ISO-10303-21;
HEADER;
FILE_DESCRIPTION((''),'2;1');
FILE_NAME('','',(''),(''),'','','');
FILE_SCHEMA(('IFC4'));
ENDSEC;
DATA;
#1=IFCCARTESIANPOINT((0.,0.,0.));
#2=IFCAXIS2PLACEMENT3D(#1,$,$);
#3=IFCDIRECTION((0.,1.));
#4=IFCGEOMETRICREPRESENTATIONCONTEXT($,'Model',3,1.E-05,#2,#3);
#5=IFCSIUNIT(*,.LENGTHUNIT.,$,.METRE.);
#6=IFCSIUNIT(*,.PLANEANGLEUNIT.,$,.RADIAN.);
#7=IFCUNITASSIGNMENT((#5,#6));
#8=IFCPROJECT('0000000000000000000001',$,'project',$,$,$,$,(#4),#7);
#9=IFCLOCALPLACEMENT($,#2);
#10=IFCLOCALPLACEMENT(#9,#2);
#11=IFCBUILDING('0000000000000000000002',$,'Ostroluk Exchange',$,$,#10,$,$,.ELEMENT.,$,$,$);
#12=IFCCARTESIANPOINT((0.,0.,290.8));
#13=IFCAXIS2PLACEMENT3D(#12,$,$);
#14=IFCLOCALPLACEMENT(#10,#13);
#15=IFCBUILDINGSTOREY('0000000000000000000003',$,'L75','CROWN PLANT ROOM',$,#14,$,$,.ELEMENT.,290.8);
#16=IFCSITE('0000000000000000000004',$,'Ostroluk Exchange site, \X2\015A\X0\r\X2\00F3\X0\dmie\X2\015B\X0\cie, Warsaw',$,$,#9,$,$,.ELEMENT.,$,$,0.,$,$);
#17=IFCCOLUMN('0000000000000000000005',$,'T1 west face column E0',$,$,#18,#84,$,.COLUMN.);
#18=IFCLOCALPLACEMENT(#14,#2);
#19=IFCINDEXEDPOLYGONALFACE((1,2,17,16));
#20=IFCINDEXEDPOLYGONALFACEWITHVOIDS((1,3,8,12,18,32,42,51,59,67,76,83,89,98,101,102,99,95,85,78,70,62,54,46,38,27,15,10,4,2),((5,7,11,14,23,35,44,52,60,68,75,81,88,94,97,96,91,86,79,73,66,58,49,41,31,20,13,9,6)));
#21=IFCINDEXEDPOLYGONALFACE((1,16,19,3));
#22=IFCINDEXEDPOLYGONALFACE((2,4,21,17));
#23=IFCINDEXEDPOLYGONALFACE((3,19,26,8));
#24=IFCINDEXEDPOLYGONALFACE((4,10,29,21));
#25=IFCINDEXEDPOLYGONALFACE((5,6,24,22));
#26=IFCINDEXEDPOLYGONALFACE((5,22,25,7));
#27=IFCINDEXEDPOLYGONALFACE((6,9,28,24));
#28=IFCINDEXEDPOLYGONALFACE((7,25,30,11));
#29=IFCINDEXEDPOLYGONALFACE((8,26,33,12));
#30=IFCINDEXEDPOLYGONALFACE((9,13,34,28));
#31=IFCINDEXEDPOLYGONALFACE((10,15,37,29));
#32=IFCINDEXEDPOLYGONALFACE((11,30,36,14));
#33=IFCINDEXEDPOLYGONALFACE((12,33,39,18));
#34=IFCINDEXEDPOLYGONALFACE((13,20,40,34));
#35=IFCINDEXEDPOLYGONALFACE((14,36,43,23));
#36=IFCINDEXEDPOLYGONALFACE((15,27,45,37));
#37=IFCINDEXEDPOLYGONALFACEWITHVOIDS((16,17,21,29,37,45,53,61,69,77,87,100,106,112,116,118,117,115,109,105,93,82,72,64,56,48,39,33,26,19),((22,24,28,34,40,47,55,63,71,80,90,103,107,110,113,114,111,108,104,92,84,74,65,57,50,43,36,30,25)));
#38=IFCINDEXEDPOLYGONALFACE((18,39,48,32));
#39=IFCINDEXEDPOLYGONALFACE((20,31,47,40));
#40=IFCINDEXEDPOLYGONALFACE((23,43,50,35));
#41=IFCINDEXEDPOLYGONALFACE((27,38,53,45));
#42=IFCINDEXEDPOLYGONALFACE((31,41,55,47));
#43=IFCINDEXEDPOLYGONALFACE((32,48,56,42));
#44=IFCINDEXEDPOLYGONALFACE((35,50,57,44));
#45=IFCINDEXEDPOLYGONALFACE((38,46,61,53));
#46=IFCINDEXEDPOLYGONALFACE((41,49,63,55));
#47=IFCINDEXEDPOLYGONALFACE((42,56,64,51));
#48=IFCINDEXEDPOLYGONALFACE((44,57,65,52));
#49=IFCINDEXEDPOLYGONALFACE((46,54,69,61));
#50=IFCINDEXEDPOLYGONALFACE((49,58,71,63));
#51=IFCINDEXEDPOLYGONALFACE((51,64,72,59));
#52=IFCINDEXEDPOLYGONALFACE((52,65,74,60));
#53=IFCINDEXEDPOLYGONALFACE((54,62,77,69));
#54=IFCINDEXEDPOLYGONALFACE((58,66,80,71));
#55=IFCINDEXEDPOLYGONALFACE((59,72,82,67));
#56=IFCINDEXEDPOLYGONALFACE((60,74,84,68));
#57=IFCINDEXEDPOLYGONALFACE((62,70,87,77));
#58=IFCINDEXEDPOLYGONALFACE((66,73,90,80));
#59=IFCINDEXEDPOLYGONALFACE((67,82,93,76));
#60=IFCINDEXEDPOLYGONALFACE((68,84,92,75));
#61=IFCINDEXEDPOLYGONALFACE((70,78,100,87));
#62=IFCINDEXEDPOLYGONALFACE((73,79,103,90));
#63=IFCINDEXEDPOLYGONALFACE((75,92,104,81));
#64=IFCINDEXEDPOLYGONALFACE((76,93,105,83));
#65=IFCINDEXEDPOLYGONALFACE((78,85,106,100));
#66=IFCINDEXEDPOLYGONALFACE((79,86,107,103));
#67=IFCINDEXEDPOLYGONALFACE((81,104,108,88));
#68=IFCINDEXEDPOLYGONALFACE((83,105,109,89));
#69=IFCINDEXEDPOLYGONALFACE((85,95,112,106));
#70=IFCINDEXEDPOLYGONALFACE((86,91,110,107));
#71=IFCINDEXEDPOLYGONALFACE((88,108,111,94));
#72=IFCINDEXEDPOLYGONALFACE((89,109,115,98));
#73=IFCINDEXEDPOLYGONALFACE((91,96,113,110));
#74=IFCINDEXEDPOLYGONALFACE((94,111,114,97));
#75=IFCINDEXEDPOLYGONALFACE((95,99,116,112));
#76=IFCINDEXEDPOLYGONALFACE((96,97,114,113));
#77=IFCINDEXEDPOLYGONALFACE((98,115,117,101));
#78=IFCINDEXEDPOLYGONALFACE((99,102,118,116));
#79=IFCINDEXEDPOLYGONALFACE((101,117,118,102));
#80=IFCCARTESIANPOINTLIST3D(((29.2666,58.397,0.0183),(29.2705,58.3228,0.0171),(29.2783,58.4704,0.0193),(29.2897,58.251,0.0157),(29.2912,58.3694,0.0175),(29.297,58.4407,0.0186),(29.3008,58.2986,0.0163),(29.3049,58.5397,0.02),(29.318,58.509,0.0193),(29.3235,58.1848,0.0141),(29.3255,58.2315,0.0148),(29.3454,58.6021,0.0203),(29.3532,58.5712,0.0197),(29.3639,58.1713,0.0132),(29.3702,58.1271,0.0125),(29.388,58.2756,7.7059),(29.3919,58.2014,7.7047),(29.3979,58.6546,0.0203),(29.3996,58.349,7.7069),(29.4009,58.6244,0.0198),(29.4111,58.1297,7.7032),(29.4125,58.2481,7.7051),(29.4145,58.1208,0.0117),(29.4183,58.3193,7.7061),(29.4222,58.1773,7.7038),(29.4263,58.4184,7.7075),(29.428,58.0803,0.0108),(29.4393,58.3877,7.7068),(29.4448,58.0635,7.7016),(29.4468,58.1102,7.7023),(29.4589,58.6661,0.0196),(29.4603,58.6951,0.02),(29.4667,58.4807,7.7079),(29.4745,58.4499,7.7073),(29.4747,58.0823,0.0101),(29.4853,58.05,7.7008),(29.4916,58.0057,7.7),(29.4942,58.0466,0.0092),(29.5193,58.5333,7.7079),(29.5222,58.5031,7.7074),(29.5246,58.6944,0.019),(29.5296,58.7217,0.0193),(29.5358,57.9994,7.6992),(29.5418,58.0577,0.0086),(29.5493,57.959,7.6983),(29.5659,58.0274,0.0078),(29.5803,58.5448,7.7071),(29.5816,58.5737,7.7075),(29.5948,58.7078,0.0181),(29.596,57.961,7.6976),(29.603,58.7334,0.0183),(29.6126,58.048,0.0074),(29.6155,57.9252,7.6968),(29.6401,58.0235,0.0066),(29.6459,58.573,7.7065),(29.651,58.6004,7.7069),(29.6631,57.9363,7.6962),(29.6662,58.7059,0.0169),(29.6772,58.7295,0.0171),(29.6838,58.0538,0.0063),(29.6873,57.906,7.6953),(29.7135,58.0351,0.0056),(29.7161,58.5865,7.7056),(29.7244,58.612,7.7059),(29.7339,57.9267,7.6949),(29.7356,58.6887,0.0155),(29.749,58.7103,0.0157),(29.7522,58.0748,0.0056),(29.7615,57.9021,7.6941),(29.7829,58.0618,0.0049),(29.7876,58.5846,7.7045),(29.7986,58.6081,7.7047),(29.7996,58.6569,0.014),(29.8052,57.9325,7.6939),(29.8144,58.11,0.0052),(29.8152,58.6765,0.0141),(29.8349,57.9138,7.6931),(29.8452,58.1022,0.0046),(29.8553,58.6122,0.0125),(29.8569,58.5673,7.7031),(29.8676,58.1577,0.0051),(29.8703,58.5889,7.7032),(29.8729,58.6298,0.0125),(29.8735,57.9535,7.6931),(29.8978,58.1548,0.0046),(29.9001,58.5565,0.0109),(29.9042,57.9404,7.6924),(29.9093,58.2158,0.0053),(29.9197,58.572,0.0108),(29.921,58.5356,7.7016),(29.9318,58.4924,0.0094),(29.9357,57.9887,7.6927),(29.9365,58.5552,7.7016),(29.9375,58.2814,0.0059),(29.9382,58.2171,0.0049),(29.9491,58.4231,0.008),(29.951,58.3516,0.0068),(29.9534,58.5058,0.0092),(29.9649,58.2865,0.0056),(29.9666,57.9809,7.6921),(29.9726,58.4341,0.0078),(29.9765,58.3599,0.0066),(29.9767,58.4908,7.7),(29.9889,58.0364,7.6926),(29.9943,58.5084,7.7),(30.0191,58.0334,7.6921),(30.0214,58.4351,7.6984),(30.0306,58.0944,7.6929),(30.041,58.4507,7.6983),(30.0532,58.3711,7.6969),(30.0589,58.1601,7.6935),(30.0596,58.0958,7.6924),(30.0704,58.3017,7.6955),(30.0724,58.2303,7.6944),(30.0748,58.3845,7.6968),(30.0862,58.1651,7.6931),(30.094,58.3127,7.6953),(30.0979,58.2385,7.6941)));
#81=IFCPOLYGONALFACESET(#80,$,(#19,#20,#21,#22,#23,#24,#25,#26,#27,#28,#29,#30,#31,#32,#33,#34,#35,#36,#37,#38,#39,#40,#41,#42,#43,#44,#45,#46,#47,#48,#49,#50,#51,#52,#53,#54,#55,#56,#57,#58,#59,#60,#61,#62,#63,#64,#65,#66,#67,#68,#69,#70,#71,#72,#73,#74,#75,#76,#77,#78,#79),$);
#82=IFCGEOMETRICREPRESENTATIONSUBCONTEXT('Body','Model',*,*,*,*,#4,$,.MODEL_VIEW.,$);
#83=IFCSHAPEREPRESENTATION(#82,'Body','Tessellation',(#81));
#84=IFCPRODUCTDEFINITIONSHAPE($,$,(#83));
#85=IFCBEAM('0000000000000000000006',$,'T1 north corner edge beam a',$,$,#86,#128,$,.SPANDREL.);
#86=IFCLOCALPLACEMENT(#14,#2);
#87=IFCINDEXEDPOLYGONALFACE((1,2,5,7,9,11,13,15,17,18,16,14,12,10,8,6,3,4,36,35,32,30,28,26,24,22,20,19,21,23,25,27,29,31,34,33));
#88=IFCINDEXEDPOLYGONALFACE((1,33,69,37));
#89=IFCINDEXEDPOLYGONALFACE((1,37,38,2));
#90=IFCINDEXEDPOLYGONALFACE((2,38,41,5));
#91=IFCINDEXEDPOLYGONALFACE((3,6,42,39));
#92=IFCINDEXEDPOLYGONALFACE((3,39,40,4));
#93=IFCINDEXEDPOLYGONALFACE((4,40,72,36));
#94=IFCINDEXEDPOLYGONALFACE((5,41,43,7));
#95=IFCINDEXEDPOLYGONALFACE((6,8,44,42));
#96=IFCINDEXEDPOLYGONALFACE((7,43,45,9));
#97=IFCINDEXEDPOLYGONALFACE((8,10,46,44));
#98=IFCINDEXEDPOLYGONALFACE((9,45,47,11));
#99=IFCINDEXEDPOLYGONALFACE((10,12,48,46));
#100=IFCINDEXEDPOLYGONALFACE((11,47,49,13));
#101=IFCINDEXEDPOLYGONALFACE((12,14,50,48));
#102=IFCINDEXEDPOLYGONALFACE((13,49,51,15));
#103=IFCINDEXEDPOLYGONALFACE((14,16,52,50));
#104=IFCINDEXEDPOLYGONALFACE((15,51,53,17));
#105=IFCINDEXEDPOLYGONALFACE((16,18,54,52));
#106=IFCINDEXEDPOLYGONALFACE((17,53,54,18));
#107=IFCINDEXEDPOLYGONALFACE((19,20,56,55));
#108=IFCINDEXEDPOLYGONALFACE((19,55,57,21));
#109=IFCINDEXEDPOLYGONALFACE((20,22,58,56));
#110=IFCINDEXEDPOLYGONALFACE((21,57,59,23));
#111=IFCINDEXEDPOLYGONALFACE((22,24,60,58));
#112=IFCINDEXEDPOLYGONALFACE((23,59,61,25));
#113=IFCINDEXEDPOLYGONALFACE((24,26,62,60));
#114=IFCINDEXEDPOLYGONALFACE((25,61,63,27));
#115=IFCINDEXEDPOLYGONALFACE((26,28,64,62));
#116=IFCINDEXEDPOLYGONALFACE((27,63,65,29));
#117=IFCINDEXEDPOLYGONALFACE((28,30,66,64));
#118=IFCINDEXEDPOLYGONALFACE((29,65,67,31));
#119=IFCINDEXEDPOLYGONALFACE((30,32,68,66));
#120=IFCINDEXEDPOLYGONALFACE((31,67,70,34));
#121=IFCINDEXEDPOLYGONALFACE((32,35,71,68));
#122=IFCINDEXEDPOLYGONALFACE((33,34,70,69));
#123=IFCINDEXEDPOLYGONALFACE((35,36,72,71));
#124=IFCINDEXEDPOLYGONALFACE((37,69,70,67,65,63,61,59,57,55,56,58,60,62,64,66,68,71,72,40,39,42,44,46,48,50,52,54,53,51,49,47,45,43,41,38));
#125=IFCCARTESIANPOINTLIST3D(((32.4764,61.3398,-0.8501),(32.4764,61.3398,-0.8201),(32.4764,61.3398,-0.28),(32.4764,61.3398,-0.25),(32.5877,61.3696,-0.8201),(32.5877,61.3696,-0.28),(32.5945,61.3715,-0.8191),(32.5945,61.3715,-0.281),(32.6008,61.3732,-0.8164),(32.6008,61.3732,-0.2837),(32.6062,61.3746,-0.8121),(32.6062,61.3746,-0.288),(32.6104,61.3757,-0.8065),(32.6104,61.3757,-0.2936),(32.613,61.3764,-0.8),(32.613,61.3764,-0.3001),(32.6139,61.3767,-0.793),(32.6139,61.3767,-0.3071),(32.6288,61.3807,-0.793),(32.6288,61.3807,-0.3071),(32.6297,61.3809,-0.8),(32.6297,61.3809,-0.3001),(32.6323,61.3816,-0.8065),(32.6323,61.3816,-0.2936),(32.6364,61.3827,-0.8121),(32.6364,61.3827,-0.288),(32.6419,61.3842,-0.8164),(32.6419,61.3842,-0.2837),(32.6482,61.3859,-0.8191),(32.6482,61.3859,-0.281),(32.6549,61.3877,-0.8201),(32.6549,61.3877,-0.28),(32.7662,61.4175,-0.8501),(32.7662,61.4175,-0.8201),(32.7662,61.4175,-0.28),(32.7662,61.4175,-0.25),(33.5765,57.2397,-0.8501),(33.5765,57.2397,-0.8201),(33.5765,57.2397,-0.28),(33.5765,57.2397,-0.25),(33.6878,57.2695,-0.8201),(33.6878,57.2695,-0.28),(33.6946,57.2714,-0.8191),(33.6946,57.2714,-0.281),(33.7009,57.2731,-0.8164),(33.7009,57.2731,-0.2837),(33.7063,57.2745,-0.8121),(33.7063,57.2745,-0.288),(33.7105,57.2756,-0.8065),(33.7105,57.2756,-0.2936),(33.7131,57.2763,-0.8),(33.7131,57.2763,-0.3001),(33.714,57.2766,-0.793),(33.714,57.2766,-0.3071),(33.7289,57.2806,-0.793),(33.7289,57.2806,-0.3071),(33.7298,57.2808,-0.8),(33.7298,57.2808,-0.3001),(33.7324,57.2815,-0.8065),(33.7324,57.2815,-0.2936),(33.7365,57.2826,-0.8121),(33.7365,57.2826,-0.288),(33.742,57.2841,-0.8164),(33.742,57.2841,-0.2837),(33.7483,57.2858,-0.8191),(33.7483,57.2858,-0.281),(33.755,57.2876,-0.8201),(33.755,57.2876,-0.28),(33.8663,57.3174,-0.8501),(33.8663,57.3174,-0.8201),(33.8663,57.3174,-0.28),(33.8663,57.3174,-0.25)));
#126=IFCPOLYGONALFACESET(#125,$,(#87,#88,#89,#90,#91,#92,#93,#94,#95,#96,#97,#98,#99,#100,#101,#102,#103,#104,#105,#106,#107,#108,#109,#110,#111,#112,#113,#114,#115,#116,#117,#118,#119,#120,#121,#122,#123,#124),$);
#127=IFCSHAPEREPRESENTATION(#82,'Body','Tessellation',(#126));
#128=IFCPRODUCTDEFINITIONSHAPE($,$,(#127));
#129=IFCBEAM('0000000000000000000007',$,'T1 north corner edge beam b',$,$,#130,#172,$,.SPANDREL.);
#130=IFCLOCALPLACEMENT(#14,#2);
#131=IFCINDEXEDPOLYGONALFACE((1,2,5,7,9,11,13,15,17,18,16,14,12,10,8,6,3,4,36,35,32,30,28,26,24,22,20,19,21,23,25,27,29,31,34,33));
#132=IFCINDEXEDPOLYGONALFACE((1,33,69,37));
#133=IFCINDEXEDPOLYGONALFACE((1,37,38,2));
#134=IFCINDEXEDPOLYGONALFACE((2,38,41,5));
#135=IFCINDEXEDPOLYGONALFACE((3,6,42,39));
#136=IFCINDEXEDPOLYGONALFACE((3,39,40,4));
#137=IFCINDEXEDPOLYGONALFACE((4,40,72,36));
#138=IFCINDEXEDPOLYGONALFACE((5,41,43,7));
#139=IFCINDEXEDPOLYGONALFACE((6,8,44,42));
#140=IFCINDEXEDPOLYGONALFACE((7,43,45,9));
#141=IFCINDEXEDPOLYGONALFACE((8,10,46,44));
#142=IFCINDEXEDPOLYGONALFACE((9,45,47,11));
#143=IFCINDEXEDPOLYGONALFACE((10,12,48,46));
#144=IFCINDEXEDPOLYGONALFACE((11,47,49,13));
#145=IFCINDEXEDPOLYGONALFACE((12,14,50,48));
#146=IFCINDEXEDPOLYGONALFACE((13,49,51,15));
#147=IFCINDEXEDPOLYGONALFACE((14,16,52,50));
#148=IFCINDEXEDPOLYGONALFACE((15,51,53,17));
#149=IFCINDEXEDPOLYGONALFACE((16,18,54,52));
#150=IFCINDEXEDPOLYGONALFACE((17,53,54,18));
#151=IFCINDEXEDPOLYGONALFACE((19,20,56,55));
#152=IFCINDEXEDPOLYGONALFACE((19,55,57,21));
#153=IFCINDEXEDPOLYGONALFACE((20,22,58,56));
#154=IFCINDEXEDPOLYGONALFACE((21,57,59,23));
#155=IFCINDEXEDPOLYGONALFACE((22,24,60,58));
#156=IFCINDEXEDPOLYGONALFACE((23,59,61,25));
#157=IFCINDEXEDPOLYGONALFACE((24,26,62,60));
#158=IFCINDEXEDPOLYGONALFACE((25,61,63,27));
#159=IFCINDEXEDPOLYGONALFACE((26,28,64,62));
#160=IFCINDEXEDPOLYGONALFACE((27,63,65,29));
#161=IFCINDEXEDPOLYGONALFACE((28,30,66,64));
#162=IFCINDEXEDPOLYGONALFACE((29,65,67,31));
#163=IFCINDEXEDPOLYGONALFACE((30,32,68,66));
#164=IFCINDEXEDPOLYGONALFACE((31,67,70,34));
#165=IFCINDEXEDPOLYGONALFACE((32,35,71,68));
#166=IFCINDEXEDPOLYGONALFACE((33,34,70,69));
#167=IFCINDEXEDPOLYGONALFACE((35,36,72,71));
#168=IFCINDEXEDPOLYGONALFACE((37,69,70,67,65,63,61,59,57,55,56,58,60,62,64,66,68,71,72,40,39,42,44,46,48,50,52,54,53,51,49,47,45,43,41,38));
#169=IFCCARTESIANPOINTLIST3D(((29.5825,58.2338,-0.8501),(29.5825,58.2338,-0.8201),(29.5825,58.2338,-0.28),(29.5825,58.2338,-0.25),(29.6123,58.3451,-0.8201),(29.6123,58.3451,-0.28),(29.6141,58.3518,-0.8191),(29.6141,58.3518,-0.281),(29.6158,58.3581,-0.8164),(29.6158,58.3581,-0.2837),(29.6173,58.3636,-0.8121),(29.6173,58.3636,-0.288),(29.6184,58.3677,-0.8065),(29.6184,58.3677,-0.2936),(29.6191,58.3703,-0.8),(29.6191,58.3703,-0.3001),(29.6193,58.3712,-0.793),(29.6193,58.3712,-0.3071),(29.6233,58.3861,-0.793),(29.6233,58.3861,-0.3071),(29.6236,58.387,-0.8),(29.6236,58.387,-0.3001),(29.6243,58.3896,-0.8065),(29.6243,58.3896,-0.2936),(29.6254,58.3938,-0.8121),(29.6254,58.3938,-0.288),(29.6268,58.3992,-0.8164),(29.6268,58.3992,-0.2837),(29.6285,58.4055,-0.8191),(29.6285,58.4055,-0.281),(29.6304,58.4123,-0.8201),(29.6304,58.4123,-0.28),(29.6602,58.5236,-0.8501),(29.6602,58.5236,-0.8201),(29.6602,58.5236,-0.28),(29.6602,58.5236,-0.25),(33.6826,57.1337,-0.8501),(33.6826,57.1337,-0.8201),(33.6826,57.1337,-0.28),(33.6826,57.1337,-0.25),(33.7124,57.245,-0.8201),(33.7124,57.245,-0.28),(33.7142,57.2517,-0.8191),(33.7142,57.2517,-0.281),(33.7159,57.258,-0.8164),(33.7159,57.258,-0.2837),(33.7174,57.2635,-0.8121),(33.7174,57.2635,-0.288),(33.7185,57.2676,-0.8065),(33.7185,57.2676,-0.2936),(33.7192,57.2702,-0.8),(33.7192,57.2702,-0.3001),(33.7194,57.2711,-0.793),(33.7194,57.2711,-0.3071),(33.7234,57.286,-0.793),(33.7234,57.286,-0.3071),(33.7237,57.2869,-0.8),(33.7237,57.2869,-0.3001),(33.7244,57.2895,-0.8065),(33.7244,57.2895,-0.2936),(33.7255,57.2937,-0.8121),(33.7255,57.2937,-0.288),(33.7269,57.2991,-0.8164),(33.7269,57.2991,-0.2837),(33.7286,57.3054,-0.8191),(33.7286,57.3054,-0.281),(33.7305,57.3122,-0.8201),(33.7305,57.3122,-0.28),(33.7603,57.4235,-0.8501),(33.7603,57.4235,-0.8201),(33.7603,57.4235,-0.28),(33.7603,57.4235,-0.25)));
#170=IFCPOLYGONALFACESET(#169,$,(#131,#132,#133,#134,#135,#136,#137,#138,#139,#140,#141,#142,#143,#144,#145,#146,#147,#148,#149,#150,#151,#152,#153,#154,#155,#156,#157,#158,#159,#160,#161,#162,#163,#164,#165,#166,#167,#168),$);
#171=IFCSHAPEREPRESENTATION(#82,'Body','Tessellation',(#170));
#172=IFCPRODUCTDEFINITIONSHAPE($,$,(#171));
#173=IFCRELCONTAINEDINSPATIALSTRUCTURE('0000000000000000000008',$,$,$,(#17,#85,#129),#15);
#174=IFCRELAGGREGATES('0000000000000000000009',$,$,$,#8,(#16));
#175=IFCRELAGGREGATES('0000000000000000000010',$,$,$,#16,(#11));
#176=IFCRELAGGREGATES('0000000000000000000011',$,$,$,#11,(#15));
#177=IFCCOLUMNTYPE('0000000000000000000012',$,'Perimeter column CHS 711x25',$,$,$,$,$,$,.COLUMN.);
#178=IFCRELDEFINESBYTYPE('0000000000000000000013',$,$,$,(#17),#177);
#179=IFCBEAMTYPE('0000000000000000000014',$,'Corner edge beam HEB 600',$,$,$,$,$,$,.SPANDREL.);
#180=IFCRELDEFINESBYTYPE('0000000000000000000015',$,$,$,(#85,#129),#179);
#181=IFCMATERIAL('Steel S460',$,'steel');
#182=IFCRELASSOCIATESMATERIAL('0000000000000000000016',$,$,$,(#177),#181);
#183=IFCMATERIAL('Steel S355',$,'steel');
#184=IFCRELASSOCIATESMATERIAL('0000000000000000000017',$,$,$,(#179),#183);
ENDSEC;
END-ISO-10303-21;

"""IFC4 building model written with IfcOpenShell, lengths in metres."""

from ifc_helpers import new_model, si_unit, direction, frame, origin, origin_2d, place, context, subcontext, project, spatial, hollow_circle, i_section, extrude, material, material_profile, profile_set, type_object, element, save


model = new_model("IFC4")

# Units and contexts
model_context = context("Model", 3, precision=1e-05, world=origin(), true_north=direction((0.0, 1.0)))
body_context = subcontext(model_context, "Body", "Model", "MODEL_VIEW")
ifc_project = project(units=[si_unit("LENGTHUNIT", "METRE"), si_unit("PLANEANGLEUNIT", "RADIAN")], contexts=[model_context])

# Site, building, storey
site_placement = place(None, origin())
site = spatial("IfcSite", under=ifc_project, at=site_placement, Name="Ostroluk Exchange site, Śródmieście, Warsaw", CompositionType="ELEMENT", RefElevation=0.0)
building_placement = place(site_placement, origin())
building = spatial("IfcBuilding", under=site, at=building_placement, Name="Ostroluk Exchange", CompositionType="ELEMENT")
storey_placement = place(building_placement, frame((0.0, 0.0, 290.8)))
storey = spatial("IfcBuildingStorey", under=building, at=storey_placement, Name="L75", Description="CROWN PLANT ROOM", CompositionType="ELEMENT", Elevation=290.8)

# Column
ifc_material_1 = material(Name="Steel S460", Category="steel")
ifc_material_profile_1 = material_profile(ifc_material_1, hollow_circle(Radius=0.3555, WallThickness=0.0249, at=origin_2d()), Name="CHS 711x25")
ifc_profile_set_1 = profile_set([ifc_material_profile_1], Name="Steel S460")
column_type_1 = type_object("IfcColumnType", Name="Perimeter column CHS 711x25", PredefinedType="COLUMN", material=ifc_profile_set_1)
column_1_placement = place(storey_placement, frame((29.6216, 58.3784, 0.0125), z_axis=(0.01578, -0.01578, 0.999751), x_axis=(0.707107, 0.707107, 0.0)))
element("IfcColumn", 1, at=column_1_placement, inside=storey, type_object=column_type_1, Name="T1 west face column E0", PredefinedType="COLUMN", context=body_context, shape_type="SweptSolid", body=[
    extrude(hollow_circle(Radius=0.3555, WallThickness=0.0249, at=origin_2d()), origin(), (0.0, 0.0, 1.0), 7.6895),
])

# Beams
ifc_material_2 = material(Name="Steel S355", Category="steel")
ifc_material_profile_2 = material_profile(ifc_material_2, i_section(OverallWidth=0.3, OverallDepth=0.6001, WebThickness=0.0154, FlangeThickness=0.03, FilletRadius=0.0271, at=origin_2d()), Name="HEB 600")
ifc_profile_set_2 = profile_set([ifc_material_profile_2], Name="Steel S355")
beam_type_1 = type_object("IfcBeamType", Name="Corner edge beam HEB 600", PredefinedType="SPANDREL", material=ifc_profile_set_2)
for number, where, z_axis, x_axis, name in (
    (2, (33.7214, 57.2786, -0.55), (-0.259144, 0.965839, 0.0), (-0.965839, -0.259144, 0.0), "T1 north corner edge beam a"),
    (3, (33.7214, 57.2786, -0.55), (-0.965839, 0.259144, 0.0), (-0.259144, -0.965839, 0.0), "T1 north corner edge beam b"),
):
    element("IfcBeam", number, at=place(storey_placement, frame(where, z_axis=z_axis, x_axis=x_axis)), inside=storey, type_object=beam_type_1, Name=name, PredefinedType="SPANDREL", context=body_context, shape_type="SweptSolid", body=[
        extrude(i_section(OverallWidth=0.3, OverallDepth=0.6001, WebThickness=0.0154, FlangeThickness=0.03, FilletRadius=0.0271, at=origin_2d()), origin(), (0.0, 0.0, 1.0), 4.2451),
    ])

save(model, "model.ifc")
